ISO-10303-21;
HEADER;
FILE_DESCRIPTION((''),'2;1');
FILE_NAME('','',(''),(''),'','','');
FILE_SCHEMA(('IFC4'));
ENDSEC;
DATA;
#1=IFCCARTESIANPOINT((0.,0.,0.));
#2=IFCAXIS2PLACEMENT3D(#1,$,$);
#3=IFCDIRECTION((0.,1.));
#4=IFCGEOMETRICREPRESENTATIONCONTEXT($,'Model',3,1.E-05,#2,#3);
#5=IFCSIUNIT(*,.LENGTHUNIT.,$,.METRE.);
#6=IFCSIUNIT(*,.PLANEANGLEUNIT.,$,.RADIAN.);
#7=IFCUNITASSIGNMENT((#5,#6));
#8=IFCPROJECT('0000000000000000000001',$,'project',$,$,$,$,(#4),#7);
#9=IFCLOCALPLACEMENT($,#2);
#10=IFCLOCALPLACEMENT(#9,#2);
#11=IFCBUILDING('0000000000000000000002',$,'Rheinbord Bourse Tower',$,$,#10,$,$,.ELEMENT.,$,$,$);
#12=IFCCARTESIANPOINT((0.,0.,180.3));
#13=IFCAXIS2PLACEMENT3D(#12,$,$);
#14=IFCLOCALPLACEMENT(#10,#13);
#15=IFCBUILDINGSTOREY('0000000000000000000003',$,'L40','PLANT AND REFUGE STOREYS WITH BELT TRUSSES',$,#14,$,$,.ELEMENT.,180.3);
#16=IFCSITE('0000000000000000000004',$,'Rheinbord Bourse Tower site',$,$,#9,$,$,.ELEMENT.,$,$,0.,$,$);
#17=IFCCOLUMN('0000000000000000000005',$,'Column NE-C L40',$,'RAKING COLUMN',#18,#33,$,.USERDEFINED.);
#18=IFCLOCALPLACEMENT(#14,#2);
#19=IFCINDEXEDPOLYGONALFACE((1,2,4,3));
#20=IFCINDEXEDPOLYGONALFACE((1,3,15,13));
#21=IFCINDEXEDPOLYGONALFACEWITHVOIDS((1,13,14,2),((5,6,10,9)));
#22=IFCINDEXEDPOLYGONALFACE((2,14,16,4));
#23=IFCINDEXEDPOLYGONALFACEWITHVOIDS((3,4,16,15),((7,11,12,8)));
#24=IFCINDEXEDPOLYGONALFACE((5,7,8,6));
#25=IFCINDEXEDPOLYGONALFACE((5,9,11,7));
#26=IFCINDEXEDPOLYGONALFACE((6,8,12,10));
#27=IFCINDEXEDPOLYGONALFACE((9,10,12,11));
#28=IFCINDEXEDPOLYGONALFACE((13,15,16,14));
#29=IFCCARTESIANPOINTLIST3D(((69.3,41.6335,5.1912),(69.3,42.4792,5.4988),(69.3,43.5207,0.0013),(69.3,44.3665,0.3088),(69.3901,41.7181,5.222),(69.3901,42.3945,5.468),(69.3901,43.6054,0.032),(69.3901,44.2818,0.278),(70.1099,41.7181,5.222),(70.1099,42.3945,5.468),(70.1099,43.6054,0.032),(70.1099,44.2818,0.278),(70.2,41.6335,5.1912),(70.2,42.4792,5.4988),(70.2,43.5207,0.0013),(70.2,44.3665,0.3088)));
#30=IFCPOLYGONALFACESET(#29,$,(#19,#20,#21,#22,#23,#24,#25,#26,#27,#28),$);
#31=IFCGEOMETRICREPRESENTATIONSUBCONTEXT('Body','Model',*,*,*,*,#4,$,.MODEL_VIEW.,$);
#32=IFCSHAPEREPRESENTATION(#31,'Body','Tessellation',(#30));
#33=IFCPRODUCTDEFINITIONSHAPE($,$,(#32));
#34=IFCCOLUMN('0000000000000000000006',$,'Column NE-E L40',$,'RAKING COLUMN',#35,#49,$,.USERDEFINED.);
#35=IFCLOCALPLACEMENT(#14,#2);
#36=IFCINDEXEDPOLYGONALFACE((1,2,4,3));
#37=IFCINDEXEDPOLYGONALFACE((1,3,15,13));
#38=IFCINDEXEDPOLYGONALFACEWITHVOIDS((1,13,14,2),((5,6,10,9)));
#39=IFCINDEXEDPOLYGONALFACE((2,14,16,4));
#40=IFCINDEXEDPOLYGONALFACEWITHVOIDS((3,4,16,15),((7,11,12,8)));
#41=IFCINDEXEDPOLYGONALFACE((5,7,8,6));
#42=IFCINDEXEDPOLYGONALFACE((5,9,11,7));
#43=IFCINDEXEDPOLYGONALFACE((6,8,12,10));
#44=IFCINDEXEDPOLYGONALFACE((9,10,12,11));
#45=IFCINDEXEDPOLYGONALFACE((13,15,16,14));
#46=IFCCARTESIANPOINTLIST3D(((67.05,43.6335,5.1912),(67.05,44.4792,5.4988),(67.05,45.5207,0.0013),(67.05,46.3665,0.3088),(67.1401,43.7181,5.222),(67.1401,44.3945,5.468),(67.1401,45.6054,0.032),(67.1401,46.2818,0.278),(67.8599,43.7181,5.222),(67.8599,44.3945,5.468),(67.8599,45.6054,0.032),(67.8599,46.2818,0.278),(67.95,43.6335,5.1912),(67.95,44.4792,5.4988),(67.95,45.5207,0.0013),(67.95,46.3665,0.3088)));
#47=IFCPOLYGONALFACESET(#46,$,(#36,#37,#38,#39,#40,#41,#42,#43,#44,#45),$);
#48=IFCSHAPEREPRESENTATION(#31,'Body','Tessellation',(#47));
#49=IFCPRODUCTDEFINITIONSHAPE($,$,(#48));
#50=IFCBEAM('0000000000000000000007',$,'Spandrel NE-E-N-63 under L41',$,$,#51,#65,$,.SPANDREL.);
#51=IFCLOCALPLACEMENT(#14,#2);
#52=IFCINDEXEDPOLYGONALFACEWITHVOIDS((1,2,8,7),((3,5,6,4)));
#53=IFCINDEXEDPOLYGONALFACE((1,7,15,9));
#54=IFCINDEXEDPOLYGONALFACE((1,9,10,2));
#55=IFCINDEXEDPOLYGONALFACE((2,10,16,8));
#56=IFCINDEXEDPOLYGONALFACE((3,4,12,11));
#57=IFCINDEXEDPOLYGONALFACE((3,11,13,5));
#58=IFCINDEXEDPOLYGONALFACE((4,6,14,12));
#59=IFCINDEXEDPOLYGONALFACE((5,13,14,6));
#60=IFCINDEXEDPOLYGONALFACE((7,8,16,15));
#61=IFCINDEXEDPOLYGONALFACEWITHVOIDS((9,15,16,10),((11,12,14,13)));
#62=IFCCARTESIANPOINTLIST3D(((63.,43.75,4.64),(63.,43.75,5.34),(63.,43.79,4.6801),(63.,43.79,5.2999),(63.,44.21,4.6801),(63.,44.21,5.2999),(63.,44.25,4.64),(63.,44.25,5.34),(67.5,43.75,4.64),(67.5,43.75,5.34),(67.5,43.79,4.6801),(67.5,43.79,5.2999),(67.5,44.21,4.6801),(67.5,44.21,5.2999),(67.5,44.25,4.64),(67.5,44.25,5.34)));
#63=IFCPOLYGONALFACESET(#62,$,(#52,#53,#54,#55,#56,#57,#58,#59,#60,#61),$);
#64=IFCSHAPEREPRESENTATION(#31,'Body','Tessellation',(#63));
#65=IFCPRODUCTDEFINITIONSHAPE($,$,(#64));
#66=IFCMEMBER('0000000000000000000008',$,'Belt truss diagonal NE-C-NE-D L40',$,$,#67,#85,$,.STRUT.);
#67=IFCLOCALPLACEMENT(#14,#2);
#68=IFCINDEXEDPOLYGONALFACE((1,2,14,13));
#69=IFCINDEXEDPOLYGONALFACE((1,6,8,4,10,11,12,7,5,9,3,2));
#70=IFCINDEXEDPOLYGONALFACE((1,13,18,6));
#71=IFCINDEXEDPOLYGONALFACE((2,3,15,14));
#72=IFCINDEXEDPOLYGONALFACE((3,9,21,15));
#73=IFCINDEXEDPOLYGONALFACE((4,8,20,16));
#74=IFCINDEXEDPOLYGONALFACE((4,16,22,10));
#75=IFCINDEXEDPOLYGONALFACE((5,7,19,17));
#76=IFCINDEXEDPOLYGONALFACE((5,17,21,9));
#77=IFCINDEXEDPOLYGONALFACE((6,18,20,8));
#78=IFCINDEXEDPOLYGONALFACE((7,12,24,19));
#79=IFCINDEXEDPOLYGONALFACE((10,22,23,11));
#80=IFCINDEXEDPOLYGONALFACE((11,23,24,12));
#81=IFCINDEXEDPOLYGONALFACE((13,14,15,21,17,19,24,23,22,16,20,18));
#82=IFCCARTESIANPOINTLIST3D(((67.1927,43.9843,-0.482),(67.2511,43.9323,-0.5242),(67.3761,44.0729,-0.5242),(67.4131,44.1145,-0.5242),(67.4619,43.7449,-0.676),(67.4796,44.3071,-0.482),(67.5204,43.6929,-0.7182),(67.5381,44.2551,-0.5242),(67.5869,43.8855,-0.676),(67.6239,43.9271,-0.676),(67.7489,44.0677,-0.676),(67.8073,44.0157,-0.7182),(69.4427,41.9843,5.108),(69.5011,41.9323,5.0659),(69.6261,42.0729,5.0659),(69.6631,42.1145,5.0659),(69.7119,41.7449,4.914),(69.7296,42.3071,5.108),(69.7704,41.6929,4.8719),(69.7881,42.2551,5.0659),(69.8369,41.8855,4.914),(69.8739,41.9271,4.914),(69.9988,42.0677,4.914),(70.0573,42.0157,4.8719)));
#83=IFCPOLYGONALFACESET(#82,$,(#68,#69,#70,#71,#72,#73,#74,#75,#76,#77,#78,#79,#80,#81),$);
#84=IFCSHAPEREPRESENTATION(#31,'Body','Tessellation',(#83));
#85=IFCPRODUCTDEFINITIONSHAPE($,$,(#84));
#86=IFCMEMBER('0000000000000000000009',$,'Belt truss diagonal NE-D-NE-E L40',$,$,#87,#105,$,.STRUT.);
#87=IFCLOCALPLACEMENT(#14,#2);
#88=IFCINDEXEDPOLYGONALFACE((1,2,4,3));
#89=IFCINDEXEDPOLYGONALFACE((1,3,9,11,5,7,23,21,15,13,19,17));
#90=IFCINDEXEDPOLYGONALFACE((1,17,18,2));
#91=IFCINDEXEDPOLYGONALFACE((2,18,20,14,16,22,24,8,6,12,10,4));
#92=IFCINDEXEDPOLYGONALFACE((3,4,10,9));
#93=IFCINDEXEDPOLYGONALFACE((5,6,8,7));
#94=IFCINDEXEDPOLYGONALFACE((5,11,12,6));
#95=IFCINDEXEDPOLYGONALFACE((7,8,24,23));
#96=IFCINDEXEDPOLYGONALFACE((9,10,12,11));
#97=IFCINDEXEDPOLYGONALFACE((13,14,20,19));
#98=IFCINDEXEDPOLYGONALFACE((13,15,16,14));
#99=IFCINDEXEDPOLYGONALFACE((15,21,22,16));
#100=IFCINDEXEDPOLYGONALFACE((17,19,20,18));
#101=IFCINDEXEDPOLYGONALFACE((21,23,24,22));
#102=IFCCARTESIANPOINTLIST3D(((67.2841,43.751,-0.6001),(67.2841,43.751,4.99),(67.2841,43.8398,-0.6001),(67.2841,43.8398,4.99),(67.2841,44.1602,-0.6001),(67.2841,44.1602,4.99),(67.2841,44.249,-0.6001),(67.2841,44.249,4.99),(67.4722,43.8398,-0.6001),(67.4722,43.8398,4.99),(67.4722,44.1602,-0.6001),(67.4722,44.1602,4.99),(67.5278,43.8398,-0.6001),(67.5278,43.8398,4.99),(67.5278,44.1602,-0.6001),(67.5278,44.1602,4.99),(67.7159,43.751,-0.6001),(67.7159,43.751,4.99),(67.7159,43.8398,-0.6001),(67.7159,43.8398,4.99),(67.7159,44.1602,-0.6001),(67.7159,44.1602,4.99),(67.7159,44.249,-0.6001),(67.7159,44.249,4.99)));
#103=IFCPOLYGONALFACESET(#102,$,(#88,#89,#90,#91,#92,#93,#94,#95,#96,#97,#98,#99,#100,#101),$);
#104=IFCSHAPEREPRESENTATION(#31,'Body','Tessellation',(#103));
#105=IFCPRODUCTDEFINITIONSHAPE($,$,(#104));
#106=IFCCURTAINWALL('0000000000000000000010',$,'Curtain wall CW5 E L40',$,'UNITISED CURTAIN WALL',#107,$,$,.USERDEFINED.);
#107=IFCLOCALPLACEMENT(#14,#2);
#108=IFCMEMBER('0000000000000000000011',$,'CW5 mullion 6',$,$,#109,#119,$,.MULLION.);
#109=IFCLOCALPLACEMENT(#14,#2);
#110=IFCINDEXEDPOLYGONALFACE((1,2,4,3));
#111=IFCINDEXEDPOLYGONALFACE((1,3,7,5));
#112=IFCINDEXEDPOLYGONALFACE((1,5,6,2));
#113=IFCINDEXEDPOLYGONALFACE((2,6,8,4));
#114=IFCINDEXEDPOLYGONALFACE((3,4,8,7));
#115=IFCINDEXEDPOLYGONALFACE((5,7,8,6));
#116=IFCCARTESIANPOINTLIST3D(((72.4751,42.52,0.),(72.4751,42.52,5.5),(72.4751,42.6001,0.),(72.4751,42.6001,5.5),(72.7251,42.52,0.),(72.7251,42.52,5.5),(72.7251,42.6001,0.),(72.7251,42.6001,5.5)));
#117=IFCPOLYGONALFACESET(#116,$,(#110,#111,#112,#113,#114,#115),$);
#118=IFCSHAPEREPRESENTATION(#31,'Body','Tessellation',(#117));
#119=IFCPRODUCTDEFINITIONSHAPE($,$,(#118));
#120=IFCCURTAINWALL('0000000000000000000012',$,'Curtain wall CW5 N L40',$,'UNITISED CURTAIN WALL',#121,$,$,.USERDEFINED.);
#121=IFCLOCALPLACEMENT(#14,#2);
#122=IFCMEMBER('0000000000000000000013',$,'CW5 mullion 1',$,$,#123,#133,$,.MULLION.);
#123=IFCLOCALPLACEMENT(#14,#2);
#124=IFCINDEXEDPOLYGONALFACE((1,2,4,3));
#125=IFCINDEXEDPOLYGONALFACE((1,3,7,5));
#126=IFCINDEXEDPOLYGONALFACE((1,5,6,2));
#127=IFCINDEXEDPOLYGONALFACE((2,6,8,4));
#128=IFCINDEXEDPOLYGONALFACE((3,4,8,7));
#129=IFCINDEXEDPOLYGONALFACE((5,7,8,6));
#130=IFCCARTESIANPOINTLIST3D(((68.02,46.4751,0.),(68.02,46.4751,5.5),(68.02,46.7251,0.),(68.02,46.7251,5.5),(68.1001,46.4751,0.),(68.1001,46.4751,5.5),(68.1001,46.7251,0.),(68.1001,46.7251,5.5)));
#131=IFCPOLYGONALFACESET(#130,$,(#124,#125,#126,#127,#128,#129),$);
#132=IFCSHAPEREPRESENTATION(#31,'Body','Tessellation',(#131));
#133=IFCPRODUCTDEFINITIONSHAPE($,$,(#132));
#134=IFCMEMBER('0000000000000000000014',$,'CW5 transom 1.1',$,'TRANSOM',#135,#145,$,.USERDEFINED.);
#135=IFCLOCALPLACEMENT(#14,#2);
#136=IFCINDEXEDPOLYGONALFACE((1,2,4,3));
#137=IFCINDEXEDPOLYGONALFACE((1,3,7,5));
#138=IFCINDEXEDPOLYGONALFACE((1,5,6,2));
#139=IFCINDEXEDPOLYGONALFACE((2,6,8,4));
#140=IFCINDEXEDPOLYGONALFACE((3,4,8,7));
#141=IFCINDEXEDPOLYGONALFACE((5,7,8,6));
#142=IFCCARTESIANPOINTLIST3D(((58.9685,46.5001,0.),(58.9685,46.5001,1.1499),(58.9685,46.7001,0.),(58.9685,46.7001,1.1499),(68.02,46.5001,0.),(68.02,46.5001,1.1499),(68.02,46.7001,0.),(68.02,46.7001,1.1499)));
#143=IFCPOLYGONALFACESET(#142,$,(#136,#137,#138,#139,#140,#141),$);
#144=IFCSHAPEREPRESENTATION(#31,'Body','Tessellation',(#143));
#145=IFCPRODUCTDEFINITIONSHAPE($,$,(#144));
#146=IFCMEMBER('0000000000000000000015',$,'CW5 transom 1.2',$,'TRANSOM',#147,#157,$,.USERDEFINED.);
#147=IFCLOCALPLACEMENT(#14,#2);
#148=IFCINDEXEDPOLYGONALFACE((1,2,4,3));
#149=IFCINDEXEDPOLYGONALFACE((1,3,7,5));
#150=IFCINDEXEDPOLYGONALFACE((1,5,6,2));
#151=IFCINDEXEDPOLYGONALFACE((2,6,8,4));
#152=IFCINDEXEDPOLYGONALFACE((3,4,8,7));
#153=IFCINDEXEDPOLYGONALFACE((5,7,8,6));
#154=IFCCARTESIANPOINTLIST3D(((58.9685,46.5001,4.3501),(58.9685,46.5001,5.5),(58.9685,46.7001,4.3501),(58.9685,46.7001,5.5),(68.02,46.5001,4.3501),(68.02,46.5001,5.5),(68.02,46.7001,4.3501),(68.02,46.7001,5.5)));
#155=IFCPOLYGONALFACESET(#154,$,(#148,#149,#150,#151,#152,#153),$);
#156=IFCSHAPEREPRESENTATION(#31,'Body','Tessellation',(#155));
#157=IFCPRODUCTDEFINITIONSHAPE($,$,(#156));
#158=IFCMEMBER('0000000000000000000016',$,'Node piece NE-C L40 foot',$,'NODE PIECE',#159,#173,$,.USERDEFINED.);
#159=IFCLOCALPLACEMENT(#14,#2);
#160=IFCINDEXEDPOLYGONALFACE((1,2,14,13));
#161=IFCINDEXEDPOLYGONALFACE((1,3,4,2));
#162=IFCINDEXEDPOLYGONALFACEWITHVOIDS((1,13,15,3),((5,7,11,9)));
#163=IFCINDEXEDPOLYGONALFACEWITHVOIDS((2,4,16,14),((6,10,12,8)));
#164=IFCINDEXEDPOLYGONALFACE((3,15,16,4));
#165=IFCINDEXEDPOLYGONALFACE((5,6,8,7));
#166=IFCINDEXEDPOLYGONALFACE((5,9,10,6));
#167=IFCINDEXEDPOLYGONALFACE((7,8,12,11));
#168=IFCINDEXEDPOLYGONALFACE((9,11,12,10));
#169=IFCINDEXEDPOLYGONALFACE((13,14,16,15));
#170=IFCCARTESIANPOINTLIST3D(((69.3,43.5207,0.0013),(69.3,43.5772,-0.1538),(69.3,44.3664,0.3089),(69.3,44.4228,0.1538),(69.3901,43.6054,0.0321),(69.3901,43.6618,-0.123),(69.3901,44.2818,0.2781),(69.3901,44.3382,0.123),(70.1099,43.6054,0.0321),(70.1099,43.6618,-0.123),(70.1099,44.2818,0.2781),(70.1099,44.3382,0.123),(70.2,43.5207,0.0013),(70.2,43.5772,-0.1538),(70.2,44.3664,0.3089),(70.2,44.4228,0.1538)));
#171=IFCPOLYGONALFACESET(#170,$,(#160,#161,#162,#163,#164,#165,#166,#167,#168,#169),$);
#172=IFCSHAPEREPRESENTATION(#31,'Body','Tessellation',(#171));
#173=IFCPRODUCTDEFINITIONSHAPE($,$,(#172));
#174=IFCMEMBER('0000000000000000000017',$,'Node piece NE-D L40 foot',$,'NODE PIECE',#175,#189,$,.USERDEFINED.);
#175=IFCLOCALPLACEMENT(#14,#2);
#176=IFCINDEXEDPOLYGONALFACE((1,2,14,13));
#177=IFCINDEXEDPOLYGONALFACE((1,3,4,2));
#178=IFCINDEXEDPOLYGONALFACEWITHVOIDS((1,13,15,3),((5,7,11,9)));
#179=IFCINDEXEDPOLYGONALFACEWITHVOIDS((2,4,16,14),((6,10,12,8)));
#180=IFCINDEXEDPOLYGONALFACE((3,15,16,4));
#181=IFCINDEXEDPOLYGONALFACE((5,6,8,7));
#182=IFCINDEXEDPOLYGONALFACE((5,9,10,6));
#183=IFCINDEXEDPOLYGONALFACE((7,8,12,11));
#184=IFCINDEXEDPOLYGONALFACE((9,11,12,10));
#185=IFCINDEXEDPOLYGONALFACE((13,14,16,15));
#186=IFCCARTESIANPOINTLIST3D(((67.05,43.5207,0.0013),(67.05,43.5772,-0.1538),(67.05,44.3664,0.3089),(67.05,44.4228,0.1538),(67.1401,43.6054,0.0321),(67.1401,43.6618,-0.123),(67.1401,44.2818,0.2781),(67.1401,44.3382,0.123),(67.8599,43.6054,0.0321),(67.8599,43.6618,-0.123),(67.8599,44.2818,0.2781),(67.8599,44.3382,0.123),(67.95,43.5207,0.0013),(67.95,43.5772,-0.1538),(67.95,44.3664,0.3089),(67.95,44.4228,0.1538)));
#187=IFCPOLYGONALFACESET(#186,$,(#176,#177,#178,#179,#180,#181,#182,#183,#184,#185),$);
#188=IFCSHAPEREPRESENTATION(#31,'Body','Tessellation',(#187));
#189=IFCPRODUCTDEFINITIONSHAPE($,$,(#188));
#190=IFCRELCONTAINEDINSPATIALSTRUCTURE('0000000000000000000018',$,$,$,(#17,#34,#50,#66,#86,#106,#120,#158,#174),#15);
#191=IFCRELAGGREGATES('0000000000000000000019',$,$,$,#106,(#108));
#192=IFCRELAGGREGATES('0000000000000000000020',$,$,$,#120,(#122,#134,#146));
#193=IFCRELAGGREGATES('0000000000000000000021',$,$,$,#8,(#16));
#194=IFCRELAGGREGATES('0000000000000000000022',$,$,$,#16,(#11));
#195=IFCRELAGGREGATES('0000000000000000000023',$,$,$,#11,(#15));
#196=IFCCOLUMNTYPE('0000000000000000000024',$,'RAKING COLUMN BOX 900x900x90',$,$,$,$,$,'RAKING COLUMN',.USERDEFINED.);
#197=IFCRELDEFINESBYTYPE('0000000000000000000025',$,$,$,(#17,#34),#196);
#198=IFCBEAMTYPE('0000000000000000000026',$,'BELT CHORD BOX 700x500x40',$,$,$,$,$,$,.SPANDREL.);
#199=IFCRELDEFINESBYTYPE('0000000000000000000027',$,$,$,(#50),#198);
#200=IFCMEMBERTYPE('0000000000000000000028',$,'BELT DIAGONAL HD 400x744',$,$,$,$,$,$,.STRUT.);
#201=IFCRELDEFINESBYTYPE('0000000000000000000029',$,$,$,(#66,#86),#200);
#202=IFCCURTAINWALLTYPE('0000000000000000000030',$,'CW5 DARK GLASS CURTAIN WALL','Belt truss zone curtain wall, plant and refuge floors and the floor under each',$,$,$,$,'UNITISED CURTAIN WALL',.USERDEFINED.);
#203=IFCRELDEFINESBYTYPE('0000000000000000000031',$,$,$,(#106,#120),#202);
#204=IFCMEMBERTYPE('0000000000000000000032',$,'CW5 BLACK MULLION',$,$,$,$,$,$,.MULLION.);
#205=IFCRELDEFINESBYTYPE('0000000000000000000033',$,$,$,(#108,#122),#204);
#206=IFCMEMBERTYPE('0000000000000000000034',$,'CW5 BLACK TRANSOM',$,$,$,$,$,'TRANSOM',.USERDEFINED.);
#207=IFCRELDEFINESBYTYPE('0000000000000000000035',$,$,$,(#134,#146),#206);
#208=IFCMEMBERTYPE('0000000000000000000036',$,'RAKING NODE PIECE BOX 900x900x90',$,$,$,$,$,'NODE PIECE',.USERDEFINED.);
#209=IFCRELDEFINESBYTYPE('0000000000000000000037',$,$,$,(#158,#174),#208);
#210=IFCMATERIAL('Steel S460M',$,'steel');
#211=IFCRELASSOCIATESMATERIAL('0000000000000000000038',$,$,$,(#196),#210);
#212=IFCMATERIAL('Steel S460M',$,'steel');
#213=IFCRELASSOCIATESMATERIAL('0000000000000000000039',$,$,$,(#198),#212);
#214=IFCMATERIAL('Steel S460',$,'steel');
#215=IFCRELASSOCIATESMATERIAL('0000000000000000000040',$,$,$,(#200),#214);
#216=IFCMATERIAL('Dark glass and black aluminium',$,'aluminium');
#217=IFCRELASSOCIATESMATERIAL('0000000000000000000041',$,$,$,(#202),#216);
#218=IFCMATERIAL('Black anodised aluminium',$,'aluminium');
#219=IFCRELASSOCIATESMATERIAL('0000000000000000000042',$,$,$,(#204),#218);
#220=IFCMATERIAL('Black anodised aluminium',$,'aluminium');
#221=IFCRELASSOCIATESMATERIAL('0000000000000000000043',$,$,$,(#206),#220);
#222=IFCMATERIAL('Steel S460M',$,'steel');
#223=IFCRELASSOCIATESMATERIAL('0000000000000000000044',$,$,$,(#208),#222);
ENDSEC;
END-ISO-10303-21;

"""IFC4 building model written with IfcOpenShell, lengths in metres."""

from ifc_helpers import new_model, si_unit, direction, frame, origin, origin_2d, place, context, subcontext, project, spatial, rectangle, hollow_rectangle, i_section, extrude, material, material_profile, profile_set, type_object, element, aggregate, save


model = new_model("IFC4")

# Units and contexts
model_context = context("Model", 3, precision=1e-05, world=origin(), true_north=direction((0.0, 1.0)))
body_context = subcontext(model_context, "Body", "Model", "MODEL_VIEW")
ifc_project = project(units=[si_unit("LENGTHUNIT", "METRE"), si_unit("PLANEANGLEUNIT", "RADIAN")], contexts=[model_context])

# Site, building, storey
site_placement = place(None, origin())
site = spatial("IfcSite", under=ifc_project, at=site_placement, Name="Rheinbord Bourse Tower site", CompositionType="ELEMENT", RefElevation=0.0)
building_placement = place(site_placement, origin())
building = spatial("IfcBuilding", under=site, at=building_placement, Name="Rheinbord Bourse Tower", CompositionType="ELEMENT")
storey_placement = place(building_placement, frame((0.0, 0.0, 180.3)))
storey = spatial("IfcBuildingStorey", under=building, at=storey_placement, Name="L40", Description="PLANT AND REFUGE STOREYS WITH BELT TRUSSES", CompositionType="ELEMENT", Elevation=180.3)

# Columns
ifc_material_1 = material(Name="Steel S460M", Category="steel")
ifc_material_profile_1 = material_profile(ifc_material_1, hollow_rectangle(XDim=0.8999, YDim=0.8999, WallThickness=0.0901, at=origin_2d()), Name="BOX 900x900x90")
ifc_profile_set_1 = profile_set([ifc_material_profile_1], Name="Steel S460M")
column_type = type_object("IfcColumnType", Name="RAKING COLUMN BOX 900x900x90", ElementType="RAKING COLUMN", PredefinedType="USERDEFINED", material=ifc_profile_set_1)
for number, where, z_axis, x_axis, name in (
    (1, (69.75, 43.9436, 0.155), (0.0, -0.341743, 0.939793), (1.0, 0.0, 0.0), "Column NE-C L40"),
    (2, (67.5, 45.9436, 0.155), (0.0, -0.341743, 0.939793), (0.0, 0.939793, 0.341743), "Column NE-E L40"),
):
    element("IfcColumn", number, at=place(storey_placement, frame(where, z_axis=z_axis, x_axis=x_axis)), inside=storey, type_object=column_type, Name=name, ObjectType="RAKING COLUMN", PredefinedType="USERDEFINED", context=body_context, shape_type="SweptSolid", body=[
        extrude(hollow_rectangle(XDim=0.8999, YDim=0.8999, WallThickness=0.0901, at=origin_2d()), origin(), (0.0, 0.0, 1.0), 5.5225),
    ])

# Beam
ifc_material_2 = material(Name="Steel S460M", Category="steel")
ifc_material_profile_2 = material_profile(ifc_material_2, hollow_rectangle(XDim=0.5, YDim=0.7, WallThickness=0.04, at=origin_2d()), Name="BOX 700x500x40")
ifc_profile_set_2 = profile_set([ifc_material_profile_2], Name="Steel S460M")
beam_type_1 = type_object("IfcBeamType", Name="BELT CHORD BOX 700x500x40", PredefinedType="SPANDREL", material=ifc_profile_set_2)
beam_1_placement = place(storey_placement, frame((67.5, 44.0, 4.99), z_axis=(-1.0, 0.0, 0.0), x_axis=(0.0, -1.0, 0.0)))
element("IfcBeam", 3, at=beam_1_placement, inside=storey, type_object=beam_type_1, Name="Spandrel NE-E-N-63 under L41", PredefinedType="SPANDREL", context=body_context, shape_type="SweptSolid", body=[
    extrude(hollow_rectangle(XDim=0.5, YDim=0.7, WallThickness=0.04, at=origin_2d()), origin(), (0.0, 0.0, 1.0), 4.5),
])

# Members
ifc_material_3 = material(Name="Steel S460", Category="steel")
ifc_material_profile_3 = material_profile(ifc_material_3, i_section(OverallWidth=0.4319, OverallDepth=0.498, WebThickness=0.0557, FlangeThickness=0.0889, at=origin_2d()), Name="HD 400x744")
ifc_profile_set_3 = profile_set([ifc_material_profile_3], Name="Steel S460")
member_type_1 = type_object("IfcMemberType", Name="BELT DIAGONAL HD 400x744", PredefinedType="STRUT", material=ifc_profile_set_3)
member_1_placement = place(storey_placement, frame((67.5, 44.0, -0.6001), z_axis=(0.354379, -0.315003, 0.880448), x_axis=(0.664364, 0.747409, 0.0)))
element("IfcMember", 4, at=member_1_placement, inside=storey, type_object=member_type_1, Name="Belt truss diagonal NE-C-NE-D L40", PredefinedType="STRUT", context=body_context, shape_type="SweptSolid", body=[
    extrude(i_section(OverallWidth=0.4319, OverallDepth=0.498, WebThickness=0.0557, FlangeThickness=0.0889, at=origin_2d()), origin(), (0.0, 0.0, 1.0), 6.3491),
])
member_2_placement = place(storey_placement, frame((67.5, 44.0, -0.6001), z_axis=(0.0, 0.0, 1.0), x_axis=(1.0, 0.0, 0.0)))
element("IfcMember", 5, at=member_2_placement, inside=storey, type_object=member_type_1, Name="Belt truss diagonal NE-D-NE-E L40", PredefinedType="STRUT", context=body_context, shape_type="SweptSolid", body=[
    extrude(i_section(OverallWidth=0.4319, OverallDepth=0.498, WebThickness=0.0557, FlangeThickness=0.0889, at=origin_2d()), origin(), (0.0, 0.0, 1.0), 5.5901),
])

# Curtain wall, member
ifc_material_4 = material(Name="Dark glass and black aluminium", Category="aluminium")
curtain_wall_type = type_object("IfcCurtainWallType", Name="CW5 DARK GLASS CURTAIN WALL", Description="Belt truss zone curtain wall, plant and refuge floors and the floor under each", ElementType="UNITISED CURTAIN WALL", PredefinedType="USERDEFINED", material=ifc_material_4)
curtain_wall_1_placement = place(storey_placement, origin())
curtain_wall_1 = element("IfcCurtainWall", 6, at=curtain_wall_1_placement, inside=storey, type_object=curtain_wall_type, Name="Curtain wall CW5 E L40", ObjectType="UNITISED CURTAIN WALL", PredefinedType="USERDEFINED")
ifc_material_5 = material(Name="Black anodised aluminium", Category="aluminium")
ifc_material_profile_4 = material_profile(ifc_material_5, rectangle(XDim=0.25, YDim=0.0801, at=origin_2d()), Name="CW5 MULLION 80x250")
ifc_profile_set_4 = profile_set([ifc_material_profile_4], Name="Black anodised aluminium")
member_type_2 = type_object("IfcMemberType", Name="CW5 BLACK MULLION", PredefinedType="MULLION", material=ifc_profile_set_4)
member_3_placement = place(storey_placement, frame((72.6001, 42.5601, 0.0), z_axis=(0.0, 0.0, 1.0), x_axis=(-1.0, 0.0, 0.0)))
member_3 = element("IfcMember", 7, at=member_3_placement, type_object=member_type_2, Name="CW5 mullion 6", PredefinedType="MULLION", context=body_context, shape_type="SweptSolid", body=[
    extrude(rectangle(XDim=0.25, YDim=0.0801, at=origin_2d()), origin(), (0.0, 0.0, 1.0), 5.5),
])
aggregate(curtain_wall_1, [member_3])

# Curtain wall, members
curtain_wall_2_placement = place(storey_placement, origin())
curtain_wall_2 = element("IfcCurtainWall", 8, at=curtain_wall_2_placement, inside=storey, type_object=curtain_wall_type, Name="Curtain wall CW5 N L40", ObjectType="UNITISED CURTAIN WALL", PredefinedType="USERDEFINED")
member_4_placement = place(storey_placement, frame((68.0601, 46.6001, 0.0), z_axis=(0.0, 0.0, 1.0), x_axis=(0.0, -1.0, 0.0)))
member_4 = element("IfcMember", 9, at=member_4_placement, type_object=member_type_2, Name="CW5 mullion 1", PredefinedType="MULLION", context=body_context, shape_type="SweptSolid", body=[
    extrude(rectangle(XDim=0.25, YDim=0.0801, at=origin_2d()), origin(), (0.0, 0.0, 1.0), 5.5),
])
ifc_material_6 = material(Name="Black anodised aluminium", Category="aluminium")
ifc_material_profile_5 = material_profile(ifc_material_6, rectangle(XDim=0.2, YDim=1.1499, at=origin_2d()), Name="CW5 TRANSOM 1150x200")
ifc_profile_set_5 = profile_set([ifc_material_profile_5], Name="Black anodised aluminium")
member_type_3 = type_object("IfcMemberType", Name="CW5 BLACK TRANSOM", ElementType="TRANSOM", PredefinedType="USERDEFINED", material=ifc_profile_set_5)
member_5_placement = place(storey_placement, frame((68.02, 46.6001, 0.575), z_axis=(-1.0, 0.0, 0.0), x_axis=(0.0, -1.0, 0.0)))
member_5 = element("IfcMember", 10, at=member_5_placement, type_object=member_type_3, Name="CW5 transom 1.1", ObjectType="TRANSOM", PredefinedType="USERDEFINED", context=body_context, shape_type="SweptSolid", body=[
    extrude(rectangle(XDim=0.2, YDim=1.1499, at=origin_2d()), origin(), (0.0, 0.0, 1.0), 9.0515),
])
member_6_placement = place(storey_placement, frame((68.02, 46.6001, 4.925), z_axis=(-1.0, 0.0, 0.0), x_axis=(0.0, -1.0, 0.0)))
member_6 = element("IfcMember", 11, at=member_6_placement, type_object=member_type_3, Name="CW5 transom 1.2", ObjectType="TRANSOM", PredefinedType="USERDEFINED", context=body_context, shape_type="SweptSolid", body=[
    extrude(rectangle(XDim=0.2, YDim=1.1499, at=origin_2d()), origin(), (0.0, 0.0, 1.0), 9.0515),
])

# Members
ifc_material_7 = material(Name="Steel S460M", Category="steel")
ifc_material_profile_6 = material_profile(ifc_material_7, hollow_rectangle(XDim=0.8999, YDim=0.8999, WallThickness=0.0901, at=origin_2d()), Name="BOX 900x900x90")
ifc_profile_set_6 = profile_set([ifc_material_profile_6], Name="Steel S460M")
member_type_4 = type_object("IfcMemberType", Name="RAKING NODE PIECE BOX 900x900x90", ElementType="NODE PIECE", PredefinedType="USERDEFINED", material=ifc_profile_set_6)
for number, where, z_axis, x_axis, name in (
    (12, (69.75, 44.0, 0.0), (0.0, -0.341862, 0.93975), (1.0, 0.0, 0.0), "Node piece NE-C L40 foot"),
    (13, (67.5, 44.0, 0.0), (0.0, -0.341862, 0.93975), (0.0, 0.93975, 0.341862), "Node piece NE-D L40 foot"),
):
    element("IfcMember", number, at=place(storey_placement, frame(where, z_axis=z_axis, x_axis=x_axis)), inside=storey, type_object=member_type_4, Name=name, ObjectType="NODE PIECE", PredefinedType="USERDEFINED", context=body_context, shape_type="SweptSolid", body=[
        extrude(hollow_rectangle(XDim=0.8999, YDim=0.8999, WallThickness=0.0901, at=origin_2d()), origin(), (0.0, 0.0, 1.0), 0.165),
    ])

aggregate(curtain_wall_2, [member_4, member_5, member_6])

save(model, "model.ifc")
